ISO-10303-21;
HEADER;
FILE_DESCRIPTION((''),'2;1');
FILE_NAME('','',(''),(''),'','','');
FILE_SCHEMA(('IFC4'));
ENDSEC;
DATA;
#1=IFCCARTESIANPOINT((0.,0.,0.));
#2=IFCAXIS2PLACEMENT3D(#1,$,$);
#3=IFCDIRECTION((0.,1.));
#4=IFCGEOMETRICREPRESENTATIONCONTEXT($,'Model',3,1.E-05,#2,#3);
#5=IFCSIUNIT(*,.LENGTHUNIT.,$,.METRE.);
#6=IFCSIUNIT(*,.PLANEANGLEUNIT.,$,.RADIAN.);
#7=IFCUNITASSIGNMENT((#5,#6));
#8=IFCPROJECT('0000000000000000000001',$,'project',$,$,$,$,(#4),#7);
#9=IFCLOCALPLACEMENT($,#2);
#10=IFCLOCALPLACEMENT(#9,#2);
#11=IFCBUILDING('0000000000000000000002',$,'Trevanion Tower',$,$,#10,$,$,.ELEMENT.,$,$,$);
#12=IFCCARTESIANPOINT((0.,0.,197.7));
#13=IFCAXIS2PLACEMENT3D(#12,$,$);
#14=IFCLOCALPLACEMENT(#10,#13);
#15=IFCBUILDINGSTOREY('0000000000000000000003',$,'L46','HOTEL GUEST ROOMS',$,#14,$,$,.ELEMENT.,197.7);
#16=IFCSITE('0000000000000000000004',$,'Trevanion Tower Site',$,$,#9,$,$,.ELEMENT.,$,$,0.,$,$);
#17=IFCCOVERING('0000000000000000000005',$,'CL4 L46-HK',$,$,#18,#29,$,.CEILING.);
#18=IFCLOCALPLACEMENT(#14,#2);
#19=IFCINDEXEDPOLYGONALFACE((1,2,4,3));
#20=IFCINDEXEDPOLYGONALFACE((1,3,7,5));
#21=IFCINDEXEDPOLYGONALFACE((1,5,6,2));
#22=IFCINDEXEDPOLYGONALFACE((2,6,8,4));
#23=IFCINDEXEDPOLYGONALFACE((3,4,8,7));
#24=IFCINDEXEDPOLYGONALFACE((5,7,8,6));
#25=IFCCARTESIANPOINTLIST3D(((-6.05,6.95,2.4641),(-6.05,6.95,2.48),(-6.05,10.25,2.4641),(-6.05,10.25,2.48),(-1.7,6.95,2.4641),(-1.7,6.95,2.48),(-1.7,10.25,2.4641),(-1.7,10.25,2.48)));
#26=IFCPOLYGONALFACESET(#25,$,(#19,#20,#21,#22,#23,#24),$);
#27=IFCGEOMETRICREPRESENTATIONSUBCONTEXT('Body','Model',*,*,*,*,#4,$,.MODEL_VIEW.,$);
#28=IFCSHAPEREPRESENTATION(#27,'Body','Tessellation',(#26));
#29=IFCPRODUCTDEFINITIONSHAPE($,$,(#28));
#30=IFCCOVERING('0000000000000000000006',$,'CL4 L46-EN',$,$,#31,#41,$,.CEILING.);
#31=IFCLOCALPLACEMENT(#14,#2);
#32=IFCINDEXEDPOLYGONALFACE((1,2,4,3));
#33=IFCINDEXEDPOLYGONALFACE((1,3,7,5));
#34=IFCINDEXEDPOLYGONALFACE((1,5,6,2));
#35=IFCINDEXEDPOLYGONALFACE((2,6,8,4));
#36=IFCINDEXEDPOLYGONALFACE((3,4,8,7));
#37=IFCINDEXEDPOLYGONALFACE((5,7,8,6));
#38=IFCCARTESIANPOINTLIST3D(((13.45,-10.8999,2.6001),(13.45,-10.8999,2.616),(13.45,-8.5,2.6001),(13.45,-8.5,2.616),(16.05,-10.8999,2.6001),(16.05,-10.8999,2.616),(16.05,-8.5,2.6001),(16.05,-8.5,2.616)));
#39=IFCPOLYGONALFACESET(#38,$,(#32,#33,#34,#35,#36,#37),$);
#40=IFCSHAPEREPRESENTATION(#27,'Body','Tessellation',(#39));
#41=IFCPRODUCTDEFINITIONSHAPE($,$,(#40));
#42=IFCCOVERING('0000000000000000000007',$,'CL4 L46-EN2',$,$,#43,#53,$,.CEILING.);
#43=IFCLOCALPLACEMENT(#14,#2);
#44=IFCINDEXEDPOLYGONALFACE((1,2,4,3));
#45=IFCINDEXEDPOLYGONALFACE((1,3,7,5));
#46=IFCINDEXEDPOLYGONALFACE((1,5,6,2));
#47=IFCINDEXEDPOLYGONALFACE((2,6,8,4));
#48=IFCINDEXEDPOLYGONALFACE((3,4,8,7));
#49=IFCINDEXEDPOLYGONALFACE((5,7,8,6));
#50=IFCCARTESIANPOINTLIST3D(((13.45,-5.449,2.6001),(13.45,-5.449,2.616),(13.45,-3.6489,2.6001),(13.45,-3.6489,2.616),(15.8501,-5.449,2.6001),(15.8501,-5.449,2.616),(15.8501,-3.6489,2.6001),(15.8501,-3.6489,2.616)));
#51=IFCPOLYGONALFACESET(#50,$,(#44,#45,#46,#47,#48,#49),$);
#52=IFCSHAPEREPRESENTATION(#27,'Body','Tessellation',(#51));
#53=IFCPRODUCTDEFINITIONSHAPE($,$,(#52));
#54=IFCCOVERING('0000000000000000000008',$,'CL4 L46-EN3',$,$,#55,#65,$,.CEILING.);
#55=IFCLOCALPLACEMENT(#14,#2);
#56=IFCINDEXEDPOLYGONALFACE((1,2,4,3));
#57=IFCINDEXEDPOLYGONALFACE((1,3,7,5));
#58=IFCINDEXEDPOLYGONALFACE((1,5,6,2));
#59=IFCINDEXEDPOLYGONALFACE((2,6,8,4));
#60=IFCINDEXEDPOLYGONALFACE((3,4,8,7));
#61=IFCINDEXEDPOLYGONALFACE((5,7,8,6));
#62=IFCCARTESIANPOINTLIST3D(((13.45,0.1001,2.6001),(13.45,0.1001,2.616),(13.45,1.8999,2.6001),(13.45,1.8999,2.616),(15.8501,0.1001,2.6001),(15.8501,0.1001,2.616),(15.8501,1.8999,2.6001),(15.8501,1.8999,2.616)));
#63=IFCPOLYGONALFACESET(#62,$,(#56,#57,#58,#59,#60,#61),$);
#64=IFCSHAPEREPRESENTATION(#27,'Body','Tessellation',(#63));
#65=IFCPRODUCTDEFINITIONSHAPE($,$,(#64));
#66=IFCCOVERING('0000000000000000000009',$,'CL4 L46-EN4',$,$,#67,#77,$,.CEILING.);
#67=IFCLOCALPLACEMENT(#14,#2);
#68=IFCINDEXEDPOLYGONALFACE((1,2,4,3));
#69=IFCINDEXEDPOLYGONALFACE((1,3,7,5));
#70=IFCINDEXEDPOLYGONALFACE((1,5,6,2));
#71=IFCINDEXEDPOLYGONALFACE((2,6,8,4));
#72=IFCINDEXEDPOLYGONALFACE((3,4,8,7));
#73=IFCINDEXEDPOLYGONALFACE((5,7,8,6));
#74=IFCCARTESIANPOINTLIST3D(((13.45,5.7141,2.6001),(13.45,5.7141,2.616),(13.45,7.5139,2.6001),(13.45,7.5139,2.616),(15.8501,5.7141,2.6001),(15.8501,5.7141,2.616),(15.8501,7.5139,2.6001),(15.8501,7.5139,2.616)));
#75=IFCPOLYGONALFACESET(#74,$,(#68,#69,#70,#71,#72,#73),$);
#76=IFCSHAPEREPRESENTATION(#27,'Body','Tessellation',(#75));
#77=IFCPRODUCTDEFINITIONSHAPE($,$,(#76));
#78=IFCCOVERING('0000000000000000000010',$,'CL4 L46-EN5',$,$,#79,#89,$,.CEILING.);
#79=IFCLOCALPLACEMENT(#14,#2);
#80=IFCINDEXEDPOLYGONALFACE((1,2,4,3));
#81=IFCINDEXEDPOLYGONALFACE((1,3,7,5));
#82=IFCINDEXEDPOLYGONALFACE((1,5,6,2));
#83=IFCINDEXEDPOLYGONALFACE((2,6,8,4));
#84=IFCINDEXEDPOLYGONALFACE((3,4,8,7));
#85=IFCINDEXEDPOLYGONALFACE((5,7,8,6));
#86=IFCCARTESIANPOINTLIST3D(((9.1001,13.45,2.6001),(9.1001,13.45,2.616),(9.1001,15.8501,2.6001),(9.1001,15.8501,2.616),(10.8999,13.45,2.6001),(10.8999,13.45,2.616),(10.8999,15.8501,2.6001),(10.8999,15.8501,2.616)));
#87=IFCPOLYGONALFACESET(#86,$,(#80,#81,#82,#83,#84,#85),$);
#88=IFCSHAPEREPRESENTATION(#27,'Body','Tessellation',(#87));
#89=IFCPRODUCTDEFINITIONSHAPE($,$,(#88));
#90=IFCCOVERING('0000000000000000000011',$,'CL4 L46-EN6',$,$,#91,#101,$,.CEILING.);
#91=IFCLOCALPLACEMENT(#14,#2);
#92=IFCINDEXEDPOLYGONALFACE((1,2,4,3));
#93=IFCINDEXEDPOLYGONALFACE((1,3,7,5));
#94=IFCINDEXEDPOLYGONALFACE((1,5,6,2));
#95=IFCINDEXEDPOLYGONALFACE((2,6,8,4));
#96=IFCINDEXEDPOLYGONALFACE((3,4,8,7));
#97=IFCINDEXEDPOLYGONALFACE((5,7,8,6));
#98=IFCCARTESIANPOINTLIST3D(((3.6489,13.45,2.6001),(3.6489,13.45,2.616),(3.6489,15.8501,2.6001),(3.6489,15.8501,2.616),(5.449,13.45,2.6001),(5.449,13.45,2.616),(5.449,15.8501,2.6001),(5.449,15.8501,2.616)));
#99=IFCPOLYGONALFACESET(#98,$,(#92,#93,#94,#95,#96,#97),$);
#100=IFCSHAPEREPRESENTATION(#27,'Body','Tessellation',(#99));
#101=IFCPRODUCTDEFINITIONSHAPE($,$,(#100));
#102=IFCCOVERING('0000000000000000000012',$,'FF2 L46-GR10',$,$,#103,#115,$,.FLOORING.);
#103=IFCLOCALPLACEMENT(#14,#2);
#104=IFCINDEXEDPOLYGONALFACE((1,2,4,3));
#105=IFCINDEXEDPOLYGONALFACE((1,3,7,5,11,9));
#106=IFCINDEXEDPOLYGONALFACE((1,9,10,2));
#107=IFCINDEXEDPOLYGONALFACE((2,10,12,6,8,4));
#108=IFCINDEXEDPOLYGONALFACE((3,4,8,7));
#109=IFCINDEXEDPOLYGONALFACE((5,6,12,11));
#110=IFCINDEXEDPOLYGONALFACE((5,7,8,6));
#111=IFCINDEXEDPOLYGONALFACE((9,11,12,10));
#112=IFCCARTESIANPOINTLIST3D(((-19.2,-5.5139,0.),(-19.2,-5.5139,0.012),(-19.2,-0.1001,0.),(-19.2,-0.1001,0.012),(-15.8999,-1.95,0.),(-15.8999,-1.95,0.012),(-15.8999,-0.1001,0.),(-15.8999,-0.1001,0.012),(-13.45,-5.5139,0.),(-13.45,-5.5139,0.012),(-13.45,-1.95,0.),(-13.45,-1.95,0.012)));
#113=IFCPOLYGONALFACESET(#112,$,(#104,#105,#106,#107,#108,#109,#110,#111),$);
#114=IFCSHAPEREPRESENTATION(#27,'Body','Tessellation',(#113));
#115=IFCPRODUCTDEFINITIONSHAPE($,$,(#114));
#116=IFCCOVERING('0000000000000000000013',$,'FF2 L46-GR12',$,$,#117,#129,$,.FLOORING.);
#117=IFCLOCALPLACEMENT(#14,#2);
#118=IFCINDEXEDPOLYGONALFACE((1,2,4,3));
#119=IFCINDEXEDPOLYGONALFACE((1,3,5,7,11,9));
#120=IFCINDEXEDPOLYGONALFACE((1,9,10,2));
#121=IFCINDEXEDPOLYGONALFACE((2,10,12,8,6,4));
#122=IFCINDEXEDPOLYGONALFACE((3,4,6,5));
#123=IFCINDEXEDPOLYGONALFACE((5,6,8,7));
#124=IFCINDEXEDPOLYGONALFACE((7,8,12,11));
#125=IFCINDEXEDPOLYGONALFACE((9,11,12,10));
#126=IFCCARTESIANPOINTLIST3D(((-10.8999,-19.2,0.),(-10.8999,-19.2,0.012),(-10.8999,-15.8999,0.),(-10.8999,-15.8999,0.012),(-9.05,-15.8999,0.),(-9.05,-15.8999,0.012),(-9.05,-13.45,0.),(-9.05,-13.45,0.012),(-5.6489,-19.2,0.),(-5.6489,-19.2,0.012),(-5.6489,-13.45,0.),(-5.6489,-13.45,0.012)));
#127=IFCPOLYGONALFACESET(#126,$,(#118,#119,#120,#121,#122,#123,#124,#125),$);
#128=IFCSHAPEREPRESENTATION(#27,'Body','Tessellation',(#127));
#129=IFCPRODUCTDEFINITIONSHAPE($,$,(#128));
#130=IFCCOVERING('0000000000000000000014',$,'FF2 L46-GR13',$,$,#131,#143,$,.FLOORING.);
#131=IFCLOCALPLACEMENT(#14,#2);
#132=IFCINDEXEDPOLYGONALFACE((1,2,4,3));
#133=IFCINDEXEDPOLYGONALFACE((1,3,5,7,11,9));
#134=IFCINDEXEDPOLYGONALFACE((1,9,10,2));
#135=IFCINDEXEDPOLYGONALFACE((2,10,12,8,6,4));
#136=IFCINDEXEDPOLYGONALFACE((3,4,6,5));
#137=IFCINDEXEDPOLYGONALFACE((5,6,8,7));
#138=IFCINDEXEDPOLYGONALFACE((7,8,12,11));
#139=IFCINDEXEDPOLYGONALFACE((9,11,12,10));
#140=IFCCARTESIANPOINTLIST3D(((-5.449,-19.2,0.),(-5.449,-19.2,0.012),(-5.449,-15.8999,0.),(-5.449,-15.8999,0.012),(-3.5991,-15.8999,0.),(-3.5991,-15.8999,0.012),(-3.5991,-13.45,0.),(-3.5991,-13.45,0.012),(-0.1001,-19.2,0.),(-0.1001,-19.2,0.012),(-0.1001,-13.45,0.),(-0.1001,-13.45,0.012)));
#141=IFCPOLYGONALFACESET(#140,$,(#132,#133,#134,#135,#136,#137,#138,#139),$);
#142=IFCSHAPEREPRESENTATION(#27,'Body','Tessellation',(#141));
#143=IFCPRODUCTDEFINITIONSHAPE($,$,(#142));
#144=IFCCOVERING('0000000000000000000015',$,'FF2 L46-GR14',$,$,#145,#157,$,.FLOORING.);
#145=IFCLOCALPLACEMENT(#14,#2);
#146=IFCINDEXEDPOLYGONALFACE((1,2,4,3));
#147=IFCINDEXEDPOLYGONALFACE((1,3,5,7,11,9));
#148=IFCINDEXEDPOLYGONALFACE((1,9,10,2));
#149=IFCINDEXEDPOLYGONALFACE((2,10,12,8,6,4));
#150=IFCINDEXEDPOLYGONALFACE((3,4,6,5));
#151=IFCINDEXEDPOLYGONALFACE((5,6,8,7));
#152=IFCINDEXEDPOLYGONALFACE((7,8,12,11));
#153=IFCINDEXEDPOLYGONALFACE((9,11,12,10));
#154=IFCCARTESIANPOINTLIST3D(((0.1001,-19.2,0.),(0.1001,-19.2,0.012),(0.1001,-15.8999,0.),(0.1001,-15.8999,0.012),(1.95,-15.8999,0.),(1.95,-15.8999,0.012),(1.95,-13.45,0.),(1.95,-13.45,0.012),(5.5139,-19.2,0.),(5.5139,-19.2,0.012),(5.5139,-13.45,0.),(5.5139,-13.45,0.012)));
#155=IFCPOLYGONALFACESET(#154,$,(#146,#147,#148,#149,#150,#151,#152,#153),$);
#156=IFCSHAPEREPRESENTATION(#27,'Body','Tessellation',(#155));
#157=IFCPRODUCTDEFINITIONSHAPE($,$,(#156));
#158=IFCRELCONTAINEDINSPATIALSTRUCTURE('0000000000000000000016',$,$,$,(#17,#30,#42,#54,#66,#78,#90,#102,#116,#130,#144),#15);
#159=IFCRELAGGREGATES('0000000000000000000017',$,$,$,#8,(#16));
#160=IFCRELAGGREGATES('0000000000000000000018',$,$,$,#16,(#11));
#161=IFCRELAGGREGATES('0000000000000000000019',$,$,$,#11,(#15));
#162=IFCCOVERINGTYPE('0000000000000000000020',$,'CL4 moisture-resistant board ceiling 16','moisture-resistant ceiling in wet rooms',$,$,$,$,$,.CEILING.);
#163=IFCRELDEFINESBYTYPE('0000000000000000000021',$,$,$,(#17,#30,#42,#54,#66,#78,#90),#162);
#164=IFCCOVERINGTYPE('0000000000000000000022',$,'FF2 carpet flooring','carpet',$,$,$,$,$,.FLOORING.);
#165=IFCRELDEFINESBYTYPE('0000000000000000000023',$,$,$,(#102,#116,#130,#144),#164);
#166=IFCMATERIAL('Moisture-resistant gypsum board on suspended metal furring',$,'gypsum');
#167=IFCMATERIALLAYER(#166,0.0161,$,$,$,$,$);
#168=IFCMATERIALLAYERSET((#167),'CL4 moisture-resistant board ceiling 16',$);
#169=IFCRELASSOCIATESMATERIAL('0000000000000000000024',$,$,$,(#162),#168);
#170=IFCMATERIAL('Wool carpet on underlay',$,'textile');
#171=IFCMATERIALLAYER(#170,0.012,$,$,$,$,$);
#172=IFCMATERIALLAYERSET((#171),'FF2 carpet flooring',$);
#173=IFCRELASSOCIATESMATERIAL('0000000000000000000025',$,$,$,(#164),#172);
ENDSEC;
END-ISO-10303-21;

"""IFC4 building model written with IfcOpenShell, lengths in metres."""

from ifc_helpers import new_model, si_unit, direction, frame, origin, place, context, subcontext, project, spatial, polyline, outline, extrude, material, layer, layer_set, type_object, element, save


model = new_model("IFC4")

# Units and contexts
model_context = context("Model", 3, precision=1e-05, world=origin(), true_north=direction((0.0, 1.0)))
body_context = subcontext(model_context, "Body", "Model", "MODEL_VIEW")
ifc_project = project(units=[si_unit("LENGTHUNIT", "METRE"), si_unit("PLANEANGLEUNIT", "RADIAN")], contexts=[model_context])

# Site, building, storey
site_placement = place(None, origin())
site = spatial("IfcSite", under=ifc_project, at=site_placement, Name="Trevanion Tower Site", CompositionType="ELEMENT", RefElevation=0.0)
building_placement = place(site_placement, origin())
building = spatial("IfcBuilding", under=site, at=building_placement, Name="Trevanion Tower", CompositionType="ELEMENT")
storey_placement = place(building_placement, frame((0.0, 0.0, 197.7)))
storey = spatial("IfcBuildingStorey", under=building, at=storey_placement, Name="L46", Description="HOTEL GUEST ROOMS", CompositionType="ELEMENT", Elevation=197.7)

# Coverings
ifc_material_1 = material(Name="Moisture-resistant gypsum board on suspended metal furring", Category="gypsum")
ifc_layer_1 = layer(ifc_material_1, 0.0161)
ifc_layer_set_1 = layer_set([ifc_layer_1], Name="CL4 moisture-resistant board ceiling 16")
covering_type_1 = type_object("IfcCoveringType", Name="CL4 moisture-resistant board ceiling 16", Description="moisture-resistant ceiling in wet rooms", PredefinedType="CEILING", material=ifc_layer_set_1)
covering_1_placement = place(storey_placement, frame((0.0, 0.0, 2.4641)))
element("IfcCovering", 1, at=covering_1_placement, inside=storey, type_object=covering_type_1, Name="CL4 L46-HK", PredefinedType="CEILING", context=body_context, shape_type="SweptSolid", body=[
    extrude(outline(polyline([(-1.7, 6.95), (-1.7, 10.25), (-6.05, 10.25), (-6.05, 6.95), (-1.7, 6.95)])), origin(), (0.0, 0.0, 1.0), 0.0159),
])
covering_2_placement = place(storey_placement, frame((0.0, 0.0, 2.6001)))
element("IfcCovering", 2, at=covering_2_placement, inside=storey, type_object=covering_type_1, Name="CL4 L46-EN", PredefinedType="CEILING", context=body_context, shape_type="SweptSolid", body=[
    extrude(outline(polyline([(16.05, -10.8999), (16.05, -8.5), (13.45, -8.5), (13.45, -10.8999), (16.05, -10.8999)])), origin(), (0.0, 0.0, 1.0), 0.0159),
])
covering_3_placement = place(storey_placement, frame((0.0, 0.0, 2.6001)))
element("IfcCovering", 3, at=covering_3_placement, inside=storey, type_object=covering_type_1, Name="CL4 L46-EN2", PredefinedType="CEILING", context=body_context, shape_type="SweptSolid", body=[
    extrude(outline(polyline([(15.8501, -5.449), (15.8501, -3.6489), (13.45, -3.6489), (13.45, -5.449), (15.8501, -5.449)])), origin(), (0.0, 0.0, 1.0), 0.0159),
])
covering_4_placement = place(storey_placement, frame((0.0, 0.0, 2.6001)))
element("IfcCovering", 4, at=covering_4_placement, inside=storey, type_object=covering_type_1, Name="CL4 L46-EN3", PredefinedType="CEILING", context=body_context, shape_type="SweptSolid", body=[
    extrude(outline(polyline([(15.8501, 0.1001), (15.8501, 1.8999), (13.45, 1.8999), (13.45, 0.1001), (15.8501, 0.1001)])), origin(), (0.0, 0.0, 1.0), 0.0159),
])
covering_5_placement = place(storey_placement, frame((0.0, 0.0, 2.6001)))
element("IfcCovering", 5, at=covering_5_placement, inside=storey, type_object=covering_type_1, Name="CL4 L46-EN4", PredefinedType="CEILING", context=body_context, shape_type="SweptSolid", body=[
    extrude(outline(polyline([(15.8501, 5.7141), (15.8501, 7.5139), (13.45, 7.5139), (13.45, 5.7141), (15.8501, 5.7141)])), origin(), (0.0, 0.0, 1.0), 0.0159),
])
covering_6_placement = place(storey_placement, frame((0.0, 0.0, 2.6001)))
element("IfcCovering", 6, at=covering_6_placement, inside=storey, type_object=covering_type_1, Name="CL4 L46-EN5", PredefinedType="CEILING", context=body_context, shape_type="SweptSolid", body=[
    extrude(outline(polyline([(10.8999, 15.8501), (9.1001, 15.8501), (9.1001, 13.45), (10.8999, 13.45), (10.8999, 15.8501)])), origin(), (0.0, 0.0, 1.0), 0.0159),
])
covering_7_placement = place(storey_placement, frame((0.0, 0.0, 2.6001)))
element("IfcCovering", 7, at=covering_7_placement, inside=storey, type_object=covering_type_1, Name="CL4 L46-EN6", PredefinedType="CEILING", context=body_context, shape_type="SweptSolid", body=[
    extrude(outline(polyline([(5.449, 15.8501), (3.6489, 15.8501), (3.6489, 13.45), (5.449, 13.45), (5.449, 15.8501)])), origin(), (0.0, 0.0, 1.0), 0.0159),
])
ifc_material_2 = material(Name="Wool carpet on underlay", Category="textile")
ifc_layer_2 = layer(ifc_material_2, 0.012)
ifc_layer_set_2 = layer_set([ifc_layer_2], Name="FF2 carpet flooring")
covering_type_2 = type_object("IfcCoveringType", Name="FF2 carpet flooring", Description="carpet", PredefinedType="FLOORING", material=ifc_layer_set_2)
covering_8_placement = place(storey_placement, origin())
element("IfcCovering", 8, at=covering_8_placement, inside=storey, type_object=covering_type_2, Name="FF2 L46-GR10", PredefinedType="FLOORING", context=body_context, shape_type="SweptSolid", body=[
    extrude(outline(polyline([(-13.45, -5.5139), (-19.2, -5.5139), (-19.2, -0.1001), (-15.8999, -0.1001), (-15.8999, -1.95), (-13.45, -1.95), (-13.45, -5.5139)])), origin(), (0.0, 0.0, 1.0), 0.012),
])
covering_9_placement = place(storey_placement, origin())
element("IfcCovering", 9, at=covering_9_placement, inside=storey, type_object=covering_type_2, Name="FF2 L46-GR12", PredefinedType="FLOORING", context=body_context, shape_type="SweptSolid", body=[
    extrude(outline(polyline([(-5.6489, -13.45), (-5.6489, -19.2), (-10.8999, -19.2), (-10.8999, -15.8999), (-9.05, -15.8999), (-9.05, -13.45), (-5.6489, -13.45)])), origin(), (0.0, 0.0, 1.0), 0.012),
])
covering_10_placement = place(storey_placement, origin())
element("IfcCovering", 10, at=covering_10_placement, inside=storey, type_object=covering_type_2, Name="FF2 L46-GR13", PredefinedType="FLOORING", context=body_context, shape_type="SweptSolid", body=[
    extrude(outline(polyline([(-0.1001, -13.45), (-0.1001, -19.2), (-5.449, -19.2), (-5.449, -15.8999), (-3.5991, -15.8999), (-3.5991, -13.45), (-0.1001, -13.45)])), origin(), (0.0, 0.0, 1.0), 0.012),
])
covering_11_placement = place(storey_placement, origin())
element("IfcCovering", 11, at=covering_11_placement, inside=storey, type_object=covering_type_2, Name="FF2 L46-GR14", PredefinedType="FLOORING", context=body_context, shape_type="SweptSolid", body=[
    extrude(outline(polyline([(5.5139, -13.45), (5.5139, -19.2), (0.1001, -19.2), (0.1001, -15.8999), (1.95, -15.8999), (1.95, -13.45), (5.5139, -13.45)])), origin(), (0.0, 0.0, 1.0), 0.012),
])

save(model, "model.ifc")
